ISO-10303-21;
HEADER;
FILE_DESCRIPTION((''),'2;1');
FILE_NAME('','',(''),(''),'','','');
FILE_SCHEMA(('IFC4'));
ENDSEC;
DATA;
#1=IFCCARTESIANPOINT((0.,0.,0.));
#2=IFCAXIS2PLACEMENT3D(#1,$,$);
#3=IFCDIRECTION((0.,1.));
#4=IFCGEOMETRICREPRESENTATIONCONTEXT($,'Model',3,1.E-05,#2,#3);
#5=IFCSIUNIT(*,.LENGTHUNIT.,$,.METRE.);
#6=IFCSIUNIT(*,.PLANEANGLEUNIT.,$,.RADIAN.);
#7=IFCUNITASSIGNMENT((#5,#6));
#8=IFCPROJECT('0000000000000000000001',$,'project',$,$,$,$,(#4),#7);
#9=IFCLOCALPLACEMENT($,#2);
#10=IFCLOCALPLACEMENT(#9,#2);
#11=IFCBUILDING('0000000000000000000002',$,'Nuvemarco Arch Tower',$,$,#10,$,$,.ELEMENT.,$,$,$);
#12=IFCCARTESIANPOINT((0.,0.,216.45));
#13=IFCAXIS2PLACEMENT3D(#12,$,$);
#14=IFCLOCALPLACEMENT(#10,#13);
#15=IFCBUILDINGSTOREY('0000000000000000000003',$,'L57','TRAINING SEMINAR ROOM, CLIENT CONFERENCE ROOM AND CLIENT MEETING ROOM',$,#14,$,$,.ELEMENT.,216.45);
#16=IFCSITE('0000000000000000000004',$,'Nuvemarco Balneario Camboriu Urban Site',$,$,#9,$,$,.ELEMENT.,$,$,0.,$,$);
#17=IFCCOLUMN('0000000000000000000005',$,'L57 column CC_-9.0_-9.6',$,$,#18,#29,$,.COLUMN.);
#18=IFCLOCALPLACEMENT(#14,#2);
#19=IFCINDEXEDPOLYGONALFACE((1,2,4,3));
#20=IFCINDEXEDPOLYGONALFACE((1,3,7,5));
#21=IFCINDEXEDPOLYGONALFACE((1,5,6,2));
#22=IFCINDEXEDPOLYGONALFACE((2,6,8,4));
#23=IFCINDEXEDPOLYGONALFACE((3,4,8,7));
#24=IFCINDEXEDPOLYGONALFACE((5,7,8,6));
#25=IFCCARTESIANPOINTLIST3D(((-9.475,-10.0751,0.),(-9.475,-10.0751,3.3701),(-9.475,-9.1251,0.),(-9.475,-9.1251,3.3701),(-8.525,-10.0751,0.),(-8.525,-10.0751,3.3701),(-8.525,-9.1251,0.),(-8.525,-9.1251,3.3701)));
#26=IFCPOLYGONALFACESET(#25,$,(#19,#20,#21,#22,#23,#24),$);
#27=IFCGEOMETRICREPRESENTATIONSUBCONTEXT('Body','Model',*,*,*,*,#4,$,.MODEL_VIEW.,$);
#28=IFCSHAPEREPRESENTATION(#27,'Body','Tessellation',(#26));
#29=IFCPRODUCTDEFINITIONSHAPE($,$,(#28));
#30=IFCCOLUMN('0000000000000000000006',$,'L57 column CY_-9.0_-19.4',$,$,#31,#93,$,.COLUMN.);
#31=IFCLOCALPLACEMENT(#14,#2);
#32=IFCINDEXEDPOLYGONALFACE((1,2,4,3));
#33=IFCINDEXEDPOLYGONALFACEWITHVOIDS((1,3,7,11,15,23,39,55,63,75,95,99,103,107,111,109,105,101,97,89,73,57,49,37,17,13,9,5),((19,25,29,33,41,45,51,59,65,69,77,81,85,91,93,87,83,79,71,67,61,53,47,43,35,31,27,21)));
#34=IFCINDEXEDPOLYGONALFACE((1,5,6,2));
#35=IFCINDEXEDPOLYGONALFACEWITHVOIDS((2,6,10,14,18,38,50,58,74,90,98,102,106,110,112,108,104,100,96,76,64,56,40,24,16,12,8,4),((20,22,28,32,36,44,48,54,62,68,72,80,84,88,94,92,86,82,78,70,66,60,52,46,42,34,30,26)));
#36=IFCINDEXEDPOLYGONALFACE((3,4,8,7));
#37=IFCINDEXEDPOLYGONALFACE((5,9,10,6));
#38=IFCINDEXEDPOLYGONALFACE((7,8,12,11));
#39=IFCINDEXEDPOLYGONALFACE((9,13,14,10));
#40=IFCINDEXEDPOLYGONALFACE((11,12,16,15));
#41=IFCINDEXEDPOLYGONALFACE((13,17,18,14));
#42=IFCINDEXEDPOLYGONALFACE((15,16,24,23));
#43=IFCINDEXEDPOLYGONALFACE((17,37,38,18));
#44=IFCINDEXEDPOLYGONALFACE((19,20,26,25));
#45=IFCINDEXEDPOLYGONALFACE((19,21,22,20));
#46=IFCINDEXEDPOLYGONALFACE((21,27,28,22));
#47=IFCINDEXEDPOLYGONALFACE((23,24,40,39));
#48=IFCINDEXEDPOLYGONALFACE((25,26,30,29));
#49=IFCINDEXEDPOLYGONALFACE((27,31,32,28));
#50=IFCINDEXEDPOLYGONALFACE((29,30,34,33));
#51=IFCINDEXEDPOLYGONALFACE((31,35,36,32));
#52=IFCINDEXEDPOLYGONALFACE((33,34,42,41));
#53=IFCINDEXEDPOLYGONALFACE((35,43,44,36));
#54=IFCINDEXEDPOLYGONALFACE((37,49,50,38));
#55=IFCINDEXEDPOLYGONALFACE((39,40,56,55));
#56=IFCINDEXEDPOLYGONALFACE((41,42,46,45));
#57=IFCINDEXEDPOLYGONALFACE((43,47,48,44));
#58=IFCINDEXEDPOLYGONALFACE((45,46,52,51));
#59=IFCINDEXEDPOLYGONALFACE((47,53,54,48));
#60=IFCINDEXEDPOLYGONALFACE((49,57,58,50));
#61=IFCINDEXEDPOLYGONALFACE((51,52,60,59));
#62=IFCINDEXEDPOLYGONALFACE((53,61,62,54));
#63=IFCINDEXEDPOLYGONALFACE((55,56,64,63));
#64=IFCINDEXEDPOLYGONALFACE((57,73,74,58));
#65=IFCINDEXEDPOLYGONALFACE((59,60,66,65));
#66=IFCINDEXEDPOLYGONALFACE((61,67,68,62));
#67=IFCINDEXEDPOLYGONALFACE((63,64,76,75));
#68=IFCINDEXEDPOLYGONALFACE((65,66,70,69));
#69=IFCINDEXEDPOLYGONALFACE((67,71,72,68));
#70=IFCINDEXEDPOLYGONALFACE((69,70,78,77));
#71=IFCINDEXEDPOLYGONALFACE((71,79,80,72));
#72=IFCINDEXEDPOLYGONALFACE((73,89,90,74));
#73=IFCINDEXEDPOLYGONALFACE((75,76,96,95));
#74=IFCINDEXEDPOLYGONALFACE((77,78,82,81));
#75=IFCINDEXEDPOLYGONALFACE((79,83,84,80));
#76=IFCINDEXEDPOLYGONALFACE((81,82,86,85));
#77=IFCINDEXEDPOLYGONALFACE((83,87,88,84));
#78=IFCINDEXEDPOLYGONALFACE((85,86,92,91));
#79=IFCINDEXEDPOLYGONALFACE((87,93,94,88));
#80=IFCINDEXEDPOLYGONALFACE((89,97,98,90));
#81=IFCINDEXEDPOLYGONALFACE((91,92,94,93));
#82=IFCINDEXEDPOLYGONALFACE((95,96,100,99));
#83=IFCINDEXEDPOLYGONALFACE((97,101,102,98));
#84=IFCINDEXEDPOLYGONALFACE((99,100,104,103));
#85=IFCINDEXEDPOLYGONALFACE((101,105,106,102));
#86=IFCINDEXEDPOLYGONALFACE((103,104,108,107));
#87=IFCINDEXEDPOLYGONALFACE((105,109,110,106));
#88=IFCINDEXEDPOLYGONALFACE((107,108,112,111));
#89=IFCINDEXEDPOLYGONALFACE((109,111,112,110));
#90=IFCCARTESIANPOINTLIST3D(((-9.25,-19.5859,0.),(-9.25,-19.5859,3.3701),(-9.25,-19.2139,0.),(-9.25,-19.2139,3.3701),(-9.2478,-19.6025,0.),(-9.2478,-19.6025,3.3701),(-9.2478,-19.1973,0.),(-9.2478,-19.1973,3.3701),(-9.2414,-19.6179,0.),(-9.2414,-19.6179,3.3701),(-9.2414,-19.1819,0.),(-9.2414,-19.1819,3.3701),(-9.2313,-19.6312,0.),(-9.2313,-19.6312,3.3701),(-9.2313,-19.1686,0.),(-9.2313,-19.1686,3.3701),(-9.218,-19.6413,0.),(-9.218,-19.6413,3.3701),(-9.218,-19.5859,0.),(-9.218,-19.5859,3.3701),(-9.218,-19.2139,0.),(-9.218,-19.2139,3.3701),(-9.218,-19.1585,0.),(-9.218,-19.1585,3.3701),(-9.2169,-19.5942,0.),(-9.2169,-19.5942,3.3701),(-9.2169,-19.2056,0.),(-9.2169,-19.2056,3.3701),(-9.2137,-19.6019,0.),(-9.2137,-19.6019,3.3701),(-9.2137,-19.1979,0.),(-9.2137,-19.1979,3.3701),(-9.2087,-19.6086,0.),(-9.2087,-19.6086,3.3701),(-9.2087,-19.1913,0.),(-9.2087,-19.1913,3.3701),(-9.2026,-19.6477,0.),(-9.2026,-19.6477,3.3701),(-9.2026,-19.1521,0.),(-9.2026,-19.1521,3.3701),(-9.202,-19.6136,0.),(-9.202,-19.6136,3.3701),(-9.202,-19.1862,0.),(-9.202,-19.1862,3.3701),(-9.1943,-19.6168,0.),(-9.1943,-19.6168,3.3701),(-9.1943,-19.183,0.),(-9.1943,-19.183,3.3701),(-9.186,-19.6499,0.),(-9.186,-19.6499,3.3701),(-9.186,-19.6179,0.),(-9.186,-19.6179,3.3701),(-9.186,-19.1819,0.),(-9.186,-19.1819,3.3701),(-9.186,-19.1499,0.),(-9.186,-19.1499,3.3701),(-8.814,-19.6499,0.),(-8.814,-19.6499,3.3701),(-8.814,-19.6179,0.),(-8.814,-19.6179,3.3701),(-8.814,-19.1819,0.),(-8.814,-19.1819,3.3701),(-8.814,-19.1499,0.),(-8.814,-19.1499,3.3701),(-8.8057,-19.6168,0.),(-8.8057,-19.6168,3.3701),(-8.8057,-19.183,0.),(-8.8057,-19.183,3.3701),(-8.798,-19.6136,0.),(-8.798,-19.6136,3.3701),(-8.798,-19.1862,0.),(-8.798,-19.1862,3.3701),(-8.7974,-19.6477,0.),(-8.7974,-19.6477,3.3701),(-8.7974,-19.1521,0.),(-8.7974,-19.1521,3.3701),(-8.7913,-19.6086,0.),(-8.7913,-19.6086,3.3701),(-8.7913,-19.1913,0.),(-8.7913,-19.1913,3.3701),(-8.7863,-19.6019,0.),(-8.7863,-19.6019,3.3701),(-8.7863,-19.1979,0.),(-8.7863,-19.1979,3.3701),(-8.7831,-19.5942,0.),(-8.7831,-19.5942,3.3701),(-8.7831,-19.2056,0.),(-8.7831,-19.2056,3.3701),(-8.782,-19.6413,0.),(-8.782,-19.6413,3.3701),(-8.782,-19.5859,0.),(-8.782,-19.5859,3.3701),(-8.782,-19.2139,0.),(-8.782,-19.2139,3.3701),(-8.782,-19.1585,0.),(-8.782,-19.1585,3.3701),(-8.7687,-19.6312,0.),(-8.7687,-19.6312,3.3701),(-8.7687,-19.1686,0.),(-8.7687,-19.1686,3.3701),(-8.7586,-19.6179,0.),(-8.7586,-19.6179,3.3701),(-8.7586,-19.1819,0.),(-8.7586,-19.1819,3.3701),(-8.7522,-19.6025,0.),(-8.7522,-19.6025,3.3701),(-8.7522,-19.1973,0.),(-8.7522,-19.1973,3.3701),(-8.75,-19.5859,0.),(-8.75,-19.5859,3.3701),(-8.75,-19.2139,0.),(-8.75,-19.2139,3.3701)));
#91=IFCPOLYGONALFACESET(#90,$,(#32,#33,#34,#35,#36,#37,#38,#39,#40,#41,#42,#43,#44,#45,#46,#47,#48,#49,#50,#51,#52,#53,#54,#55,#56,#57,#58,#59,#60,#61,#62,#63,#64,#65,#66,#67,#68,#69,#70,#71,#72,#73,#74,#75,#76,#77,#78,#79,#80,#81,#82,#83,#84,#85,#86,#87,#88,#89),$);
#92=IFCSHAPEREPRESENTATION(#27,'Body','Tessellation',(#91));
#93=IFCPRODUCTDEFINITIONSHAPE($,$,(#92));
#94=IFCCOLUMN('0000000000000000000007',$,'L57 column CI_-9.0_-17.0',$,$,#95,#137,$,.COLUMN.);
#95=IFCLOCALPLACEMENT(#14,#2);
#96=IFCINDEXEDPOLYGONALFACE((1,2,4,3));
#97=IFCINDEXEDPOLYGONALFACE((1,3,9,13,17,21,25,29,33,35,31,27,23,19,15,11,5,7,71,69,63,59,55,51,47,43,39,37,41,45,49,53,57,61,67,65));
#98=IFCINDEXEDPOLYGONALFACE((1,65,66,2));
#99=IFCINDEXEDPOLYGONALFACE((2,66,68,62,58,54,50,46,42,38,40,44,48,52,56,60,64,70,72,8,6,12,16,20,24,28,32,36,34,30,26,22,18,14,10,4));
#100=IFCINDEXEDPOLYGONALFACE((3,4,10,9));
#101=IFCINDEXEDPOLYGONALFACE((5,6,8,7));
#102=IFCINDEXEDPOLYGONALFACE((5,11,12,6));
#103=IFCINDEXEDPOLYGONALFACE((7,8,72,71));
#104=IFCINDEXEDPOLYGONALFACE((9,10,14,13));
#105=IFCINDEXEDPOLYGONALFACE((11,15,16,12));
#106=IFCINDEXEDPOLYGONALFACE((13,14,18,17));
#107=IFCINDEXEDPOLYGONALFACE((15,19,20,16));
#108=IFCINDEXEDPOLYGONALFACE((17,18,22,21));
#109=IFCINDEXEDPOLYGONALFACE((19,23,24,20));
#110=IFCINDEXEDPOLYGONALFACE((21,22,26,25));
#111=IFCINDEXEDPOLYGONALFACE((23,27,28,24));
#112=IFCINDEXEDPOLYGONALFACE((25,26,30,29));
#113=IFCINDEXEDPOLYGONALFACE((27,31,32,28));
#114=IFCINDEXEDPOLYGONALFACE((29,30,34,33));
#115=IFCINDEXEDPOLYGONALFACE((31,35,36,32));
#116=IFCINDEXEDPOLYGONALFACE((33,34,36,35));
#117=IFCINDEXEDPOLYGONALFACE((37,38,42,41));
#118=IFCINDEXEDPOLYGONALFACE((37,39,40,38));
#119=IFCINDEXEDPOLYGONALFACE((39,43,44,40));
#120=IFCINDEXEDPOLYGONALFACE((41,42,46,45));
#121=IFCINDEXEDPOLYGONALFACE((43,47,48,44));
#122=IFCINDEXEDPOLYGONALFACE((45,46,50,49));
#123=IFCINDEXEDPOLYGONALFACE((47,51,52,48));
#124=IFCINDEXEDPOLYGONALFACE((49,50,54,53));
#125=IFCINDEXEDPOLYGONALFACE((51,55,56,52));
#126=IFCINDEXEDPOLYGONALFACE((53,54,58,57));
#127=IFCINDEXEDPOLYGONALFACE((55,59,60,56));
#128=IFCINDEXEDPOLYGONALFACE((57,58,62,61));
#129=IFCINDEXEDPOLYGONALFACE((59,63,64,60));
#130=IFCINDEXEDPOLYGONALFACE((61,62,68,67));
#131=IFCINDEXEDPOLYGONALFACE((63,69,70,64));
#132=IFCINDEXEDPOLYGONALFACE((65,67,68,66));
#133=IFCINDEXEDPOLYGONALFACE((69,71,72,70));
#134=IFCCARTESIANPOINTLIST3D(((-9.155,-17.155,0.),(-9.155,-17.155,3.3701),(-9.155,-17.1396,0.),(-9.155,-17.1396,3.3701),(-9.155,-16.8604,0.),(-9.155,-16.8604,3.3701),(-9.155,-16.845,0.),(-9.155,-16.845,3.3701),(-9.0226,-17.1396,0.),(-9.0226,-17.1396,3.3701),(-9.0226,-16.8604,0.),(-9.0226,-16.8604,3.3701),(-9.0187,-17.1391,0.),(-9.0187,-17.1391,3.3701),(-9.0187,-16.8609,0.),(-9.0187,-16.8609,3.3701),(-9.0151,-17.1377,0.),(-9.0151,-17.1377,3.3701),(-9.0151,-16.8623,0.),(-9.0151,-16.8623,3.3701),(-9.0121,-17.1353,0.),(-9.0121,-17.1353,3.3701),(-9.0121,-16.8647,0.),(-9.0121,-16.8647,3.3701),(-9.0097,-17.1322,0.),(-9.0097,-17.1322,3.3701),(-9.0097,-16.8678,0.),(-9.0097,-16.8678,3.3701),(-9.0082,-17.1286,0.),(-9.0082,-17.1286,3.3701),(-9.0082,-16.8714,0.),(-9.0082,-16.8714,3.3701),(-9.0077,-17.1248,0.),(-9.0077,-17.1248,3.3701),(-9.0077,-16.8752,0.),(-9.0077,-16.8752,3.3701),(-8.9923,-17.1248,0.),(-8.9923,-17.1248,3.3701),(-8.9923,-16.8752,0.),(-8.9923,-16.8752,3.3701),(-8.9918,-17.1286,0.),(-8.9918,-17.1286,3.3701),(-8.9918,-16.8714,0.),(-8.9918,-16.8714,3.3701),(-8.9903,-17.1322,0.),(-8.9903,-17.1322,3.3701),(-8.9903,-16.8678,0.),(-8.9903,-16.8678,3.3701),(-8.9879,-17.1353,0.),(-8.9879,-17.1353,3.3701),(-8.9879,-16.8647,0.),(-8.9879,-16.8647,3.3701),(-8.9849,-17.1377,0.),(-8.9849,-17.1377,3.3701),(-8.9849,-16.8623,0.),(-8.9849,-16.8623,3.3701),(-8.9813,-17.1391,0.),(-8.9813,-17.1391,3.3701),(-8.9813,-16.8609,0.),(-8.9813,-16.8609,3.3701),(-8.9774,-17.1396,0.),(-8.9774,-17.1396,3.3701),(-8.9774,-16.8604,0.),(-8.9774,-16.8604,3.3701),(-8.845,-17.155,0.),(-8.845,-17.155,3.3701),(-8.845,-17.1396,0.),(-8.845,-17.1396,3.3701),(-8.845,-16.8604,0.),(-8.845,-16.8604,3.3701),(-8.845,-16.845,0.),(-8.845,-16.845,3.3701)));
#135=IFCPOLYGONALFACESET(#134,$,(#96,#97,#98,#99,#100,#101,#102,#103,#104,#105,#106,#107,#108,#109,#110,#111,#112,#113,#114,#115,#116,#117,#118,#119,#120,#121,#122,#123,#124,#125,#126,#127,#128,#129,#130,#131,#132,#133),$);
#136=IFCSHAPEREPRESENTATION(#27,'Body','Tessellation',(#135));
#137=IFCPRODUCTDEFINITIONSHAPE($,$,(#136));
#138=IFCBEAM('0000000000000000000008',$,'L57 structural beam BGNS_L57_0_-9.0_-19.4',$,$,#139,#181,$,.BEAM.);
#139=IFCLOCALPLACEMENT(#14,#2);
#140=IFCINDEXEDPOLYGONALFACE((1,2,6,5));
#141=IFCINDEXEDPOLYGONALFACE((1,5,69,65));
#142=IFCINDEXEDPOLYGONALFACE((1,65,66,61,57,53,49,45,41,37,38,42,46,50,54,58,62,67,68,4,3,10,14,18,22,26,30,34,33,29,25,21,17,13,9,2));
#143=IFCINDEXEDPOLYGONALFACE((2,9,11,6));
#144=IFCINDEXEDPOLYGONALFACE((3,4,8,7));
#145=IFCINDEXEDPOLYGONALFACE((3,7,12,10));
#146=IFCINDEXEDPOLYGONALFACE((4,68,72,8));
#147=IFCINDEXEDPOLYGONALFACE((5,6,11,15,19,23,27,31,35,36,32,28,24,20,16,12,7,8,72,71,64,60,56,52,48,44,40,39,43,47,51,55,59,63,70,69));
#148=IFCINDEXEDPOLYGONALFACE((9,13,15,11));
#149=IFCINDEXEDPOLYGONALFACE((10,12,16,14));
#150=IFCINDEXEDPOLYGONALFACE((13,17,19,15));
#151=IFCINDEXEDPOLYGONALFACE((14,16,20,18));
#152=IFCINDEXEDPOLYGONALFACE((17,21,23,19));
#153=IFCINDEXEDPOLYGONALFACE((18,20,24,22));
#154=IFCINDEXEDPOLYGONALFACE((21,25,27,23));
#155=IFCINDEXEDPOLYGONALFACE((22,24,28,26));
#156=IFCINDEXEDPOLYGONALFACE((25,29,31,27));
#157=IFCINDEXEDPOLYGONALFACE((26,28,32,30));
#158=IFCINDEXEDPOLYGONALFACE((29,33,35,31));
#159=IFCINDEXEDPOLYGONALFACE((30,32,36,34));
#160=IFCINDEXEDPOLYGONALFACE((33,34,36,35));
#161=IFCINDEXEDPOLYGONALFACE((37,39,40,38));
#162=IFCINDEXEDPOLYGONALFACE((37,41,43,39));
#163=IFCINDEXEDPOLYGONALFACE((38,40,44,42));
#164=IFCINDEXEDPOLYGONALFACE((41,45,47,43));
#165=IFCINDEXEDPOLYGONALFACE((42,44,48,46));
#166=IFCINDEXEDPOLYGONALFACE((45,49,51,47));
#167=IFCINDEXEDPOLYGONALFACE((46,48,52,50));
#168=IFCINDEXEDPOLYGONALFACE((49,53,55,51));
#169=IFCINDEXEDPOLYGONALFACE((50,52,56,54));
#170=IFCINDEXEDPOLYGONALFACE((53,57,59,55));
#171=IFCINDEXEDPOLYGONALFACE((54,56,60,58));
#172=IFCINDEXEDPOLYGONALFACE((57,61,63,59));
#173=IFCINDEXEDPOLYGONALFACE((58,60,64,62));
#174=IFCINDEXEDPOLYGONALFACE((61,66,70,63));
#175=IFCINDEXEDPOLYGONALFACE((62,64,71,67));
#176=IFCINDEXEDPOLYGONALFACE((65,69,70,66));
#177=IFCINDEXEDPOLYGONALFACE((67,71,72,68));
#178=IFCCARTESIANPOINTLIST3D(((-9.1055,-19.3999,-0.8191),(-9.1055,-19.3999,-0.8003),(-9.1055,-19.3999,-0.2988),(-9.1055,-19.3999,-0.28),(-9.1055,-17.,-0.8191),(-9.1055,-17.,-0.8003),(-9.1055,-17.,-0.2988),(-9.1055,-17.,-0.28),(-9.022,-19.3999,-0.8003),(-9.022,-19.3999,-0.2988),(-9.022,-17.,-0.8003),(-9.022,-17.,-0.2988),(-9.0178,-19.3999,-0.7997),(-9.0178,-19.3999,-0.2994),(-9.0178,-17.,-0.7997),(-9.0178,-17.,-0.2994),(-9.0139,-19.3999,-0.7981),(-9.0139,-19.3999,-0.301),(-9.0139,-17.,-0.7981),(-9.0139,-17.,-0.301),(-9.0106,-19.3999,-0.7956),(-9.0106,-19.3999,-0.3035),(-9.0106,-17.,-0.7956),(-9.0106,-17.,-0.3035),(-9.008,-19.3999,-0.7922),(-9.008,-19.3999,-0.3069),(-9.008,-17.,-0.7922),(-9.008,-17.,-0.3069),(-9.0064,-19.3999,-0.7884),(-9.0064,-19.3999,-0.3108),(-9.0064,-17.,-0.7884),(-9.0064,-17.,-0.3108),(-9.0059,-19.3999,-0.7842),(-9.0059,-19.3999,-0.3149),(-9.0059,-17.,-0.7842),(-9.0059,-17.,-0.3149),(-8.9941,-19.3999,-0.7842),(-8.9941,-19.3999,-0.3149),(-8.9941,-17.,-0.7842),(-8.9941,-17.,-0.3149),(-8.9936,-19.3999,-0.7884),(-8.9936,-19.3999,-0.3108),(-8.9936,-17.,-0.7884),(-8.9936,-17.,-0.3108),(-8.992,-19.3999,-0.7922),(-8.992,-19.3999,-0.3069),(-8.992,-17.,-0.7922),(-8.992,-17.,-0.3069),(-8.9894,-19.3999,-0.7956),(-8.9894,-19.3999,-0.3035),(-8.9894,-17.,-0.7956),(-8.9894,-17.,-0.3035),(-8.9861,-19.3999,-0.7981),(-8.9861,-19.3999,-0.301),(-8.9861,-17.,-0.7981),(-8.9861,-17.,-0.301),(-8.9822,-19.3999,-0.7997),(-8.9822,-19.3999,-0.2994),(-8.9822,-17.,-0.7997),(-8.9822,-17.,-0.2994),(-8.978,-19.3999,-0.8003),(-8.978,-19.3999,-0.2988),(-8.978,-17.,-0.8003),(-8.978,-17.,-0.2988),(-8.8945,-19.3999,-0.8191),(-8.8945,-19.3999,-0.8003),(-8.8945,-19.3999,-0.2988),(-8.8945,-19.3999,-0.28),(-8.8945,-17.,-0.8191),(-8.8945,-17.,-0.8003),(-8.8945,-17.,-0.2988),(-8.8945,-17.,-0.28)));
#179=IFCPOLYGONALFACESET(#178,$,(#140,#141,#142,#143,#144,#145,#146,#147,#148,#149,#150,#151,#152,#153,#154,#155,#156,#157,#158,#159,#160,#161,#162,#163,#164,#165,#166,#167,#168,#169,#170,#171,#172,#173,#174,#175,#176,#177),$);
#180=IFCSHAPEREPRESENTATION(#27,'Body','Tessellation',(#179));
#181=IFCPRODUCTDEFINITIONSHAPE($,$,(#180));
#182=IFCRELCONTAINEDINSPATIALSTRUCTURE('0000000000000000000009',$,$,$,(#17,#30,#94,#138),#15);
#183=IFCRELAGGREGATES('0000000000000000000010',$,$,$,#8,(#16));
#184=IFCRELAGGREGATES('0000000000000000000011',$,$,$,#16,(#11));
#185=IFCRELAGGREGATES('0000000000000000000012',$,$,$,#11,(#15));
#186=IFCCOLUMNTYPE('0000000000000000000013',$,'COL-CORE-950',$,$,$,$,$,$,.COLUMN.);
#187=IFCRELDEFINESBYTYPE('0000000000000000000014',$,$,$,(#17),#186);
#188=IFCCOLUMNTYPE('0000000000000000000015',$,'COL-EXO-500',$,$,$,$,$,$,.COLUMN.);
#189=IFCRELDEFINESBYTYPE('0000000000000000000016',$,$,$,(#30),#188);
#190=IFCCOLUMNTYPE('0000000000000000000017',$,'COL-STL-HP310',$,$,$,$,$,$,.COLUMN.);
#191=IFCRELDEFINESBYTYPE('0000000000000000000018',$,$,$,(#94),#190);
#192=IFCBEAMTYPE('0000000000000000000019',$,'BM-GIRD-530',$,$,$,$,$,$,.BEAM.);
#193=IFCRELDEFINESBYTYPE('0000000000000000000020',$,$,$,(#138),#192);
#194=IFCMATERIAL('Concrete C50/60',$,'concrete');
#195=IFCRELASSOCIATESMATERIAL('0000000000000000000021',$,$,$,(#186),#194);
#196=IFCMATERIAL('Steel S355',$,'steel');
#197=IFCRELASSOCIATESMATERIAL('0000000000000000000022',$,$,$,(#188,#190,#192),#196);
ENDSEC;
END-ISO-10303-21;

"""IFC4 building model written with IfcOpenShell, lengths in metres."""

from ifc_helpers import new_model, si_unit, direction, frame, origin, origin_2d, place, context, subcontext, project, spatial, rectangle, hollow_rectangle, i_section, extrude, material, material_profile, profile_set, type_object, element, save


model = new_model("IFC4")

# Units and contexts
model_context = context("Model", 3, precision=1e-05, world=origin(), true_north=direction((0.0, 1.0)))
body_context = subcontext(model_context, "Body", "Model", "MODEL_VIEW")
ifc_project = project(units=[si_unit("LENGTHUNIT", "METRE"), si_unit("PLANEANGLEUNIT", "RADIAN")], contexts=[model_context])

# Site, building, storey
site_placement = place(None, origin())
site = spatial("IfcSite", under=ifc_project, at=site_placement, Name="Nuvemarco Balneario Camboriu Urban Site", CompositionType="ELEMENT", RefElevation=0.0)
building_placement = place(site_placement, origin())
building = spatial("IfcBuilding", under=site, at=building_placement, Name="Nuvemarco Arch Tower", CompositionType="ELEMENT")
storey_placement = place(building_placement, frame((0.0, 0.0, 216.45)))
storey = spatial("IfcBuildingStorey", under=building, at=storey_placement, Name="L57", Description="TRAINING SEMINAR ROOM, CLIENT CONFERENCE ROOM AND CLIENT MEETING ROOM", CompositionType="ELEMENT", Elevation=216.45)

# Columns
ifc_material_1 = material(Name="Concrete C50/60", Category="concrete")
ifc_material_profile_1 = material_profile(ifc_material_1, rectangle(XDim=0.95, YDim=0.95, at=origin_2d()), Name="RC-COL-950x950")
ifc_profile_set_1 = profile_set([ifc_material_profile_1], Name="Concrete C50/60")
column_type_1 = type_object("IfcColumnType", Name="COL-CORE-950", PredefinedType="COLUMN", material=ifc_profile_set_1)
column_1_placement = place(storey_placement, frame((-9.0, -9.6001, 0.0), z_axis=(0.0, 0.0, 1.0), x_axis=(1.0, 0.0, 0.0)))
element("IfcColumn", 1, at=column_1_placement, inside=storey, type_object=column_type_1, Name="L57 column CC_-9.0_-9.6", PredefinedType="COLUMN", context=body_context, shape_type="SweptSolid", body=[
    extrude(rectangle(XDim=0.95, YDim=0.95, at=origin_2d()), origin(), (0.0, 0.0, 1.0), 3.3701),
])
ifc_material_2 = material(Name="Steel S355", Category="steel")
ifc_material_profile_2 = material_profile(ifc_material_2, hollow_rectangle(XDim=0.5, YDim=0.5, WallThickness=0.032, InnerFilletRadius=0.032, OuterFilletRadius=0.064, at=origin_2d()), Name="SHS500x500x32")
ifc_profile_set_2 = profile_set([ifc_material_profile_2], Name="Steel S355")
column_type_2 = type_object("IfcColumnType", Name="COL-EXO-500", PredefinedType="COLUMN", material=ifc_profile_set_2)
column_2_placement = place(storey_placement, frame((-9.0, -19.3999, 0.0), z_axis=(0.0, 0.0, 1.0), x_axis=(1.0, 0.0, 0.0)))
element("IfcColumn", 2, at=column_2_placement, inside=storey, type_object=column_type_2, Name="L57 column CY_-9.0_-19.4", PredefinedType="COLUMN", context=body_context, shape_type="SweptSolid", body=[
    extrude(hollow_rectangle(XDim=0.5, YDim=0.5, WallThickness=0.032, InnerFilletRadius=0.032, OuterFilletRadius=0.064, at=origin_2d()), origin(), (0.0, 0.0, 1.0), 3.3701),
])
ifc_material_profile_3 = material_profile(ifc_material_2, i_section(OverallWidth=0.3101, OverallDepth=0.3101, WebThickness=0.0154, FlangeThickness=0.0154, FilletRadius=0.0149, at=origin_2d()), Name="HP310x110")
ifc_profile_set_3 = profile_set([ifc_material_profile_3], Name="Steel S355")
column_type_3 = type_object("IfcColumnType", Name="COL-STL-HP310", PredefinedType="COLUMN", material=ifc_profile_set_3)
column_3_placement = place(storey_placement, frame((-9.0, -17.0, 0.0), z_axis=(0.0, 0.0, 1.0), x_axis=(1.0, 0.0, 0.0)))
element("IfcColumn", 3, at=column_3_placement, inside=storey, type_object=column_type_3, Name="L57 column CI_-9.0_-17.0", PredefinedType="COLUMN", context=body_context, shape_type="SweptSolid", body=[
    extrude(i_section(OverallWidth=0.3101, OverallDepth=0.3101, WebThickness=0.0154, FlangeThickness=0.0154, FilletRadius=0.0149, at=origin_2d()), origin(), (0.0, 0.0, 1.0), 3.3701),
])

# Beam
ifc_material_profile_4 = material_profile(ifc_material_2, i_section(OverallWidth=0.2109, OverallDepth=0.5391, WebThickness=0.0117, FlangeThickness=0.0188, FilletRadius=0.0161, at=origin_2d()), Name="W530x109")
ifc_profile_set_4 = profile_set([ifc_material_profile_4], Name="Steel S355")
beam_type_1 = type_object("IfcBeamType", Name="BM-GIRD-530", PredefinedType="BEAM", material=ifc_profile_set_4)
beam_1_placement = place(storey_placement, frame((-9.0, -19.3999, -0.5496), z_axis=(0.0, 1.0, 0.0), x_axis=(-1.0, 0.0, 0.0)))
element("IfcBeam", 4, at=beam_1_placement, inside=storey, type_object=beam_type_1, Name="L57 structural beam BGNS_L57_0_-9.0_-19.4", PredefinedType="BEAM", context=body_context, shape_type="SweptSolid", body=[
    extrude(i_section(OverallWidth=0.2109, OverallDepth=0.5391, WebThickness=0.0117, FlangeThickness=0.0188, FilletRadius=0.0161, at=origin_2d()), origin(), (0.0, 0.0, 1.0), 2.3999),
])

save(model, "model.ifc")
